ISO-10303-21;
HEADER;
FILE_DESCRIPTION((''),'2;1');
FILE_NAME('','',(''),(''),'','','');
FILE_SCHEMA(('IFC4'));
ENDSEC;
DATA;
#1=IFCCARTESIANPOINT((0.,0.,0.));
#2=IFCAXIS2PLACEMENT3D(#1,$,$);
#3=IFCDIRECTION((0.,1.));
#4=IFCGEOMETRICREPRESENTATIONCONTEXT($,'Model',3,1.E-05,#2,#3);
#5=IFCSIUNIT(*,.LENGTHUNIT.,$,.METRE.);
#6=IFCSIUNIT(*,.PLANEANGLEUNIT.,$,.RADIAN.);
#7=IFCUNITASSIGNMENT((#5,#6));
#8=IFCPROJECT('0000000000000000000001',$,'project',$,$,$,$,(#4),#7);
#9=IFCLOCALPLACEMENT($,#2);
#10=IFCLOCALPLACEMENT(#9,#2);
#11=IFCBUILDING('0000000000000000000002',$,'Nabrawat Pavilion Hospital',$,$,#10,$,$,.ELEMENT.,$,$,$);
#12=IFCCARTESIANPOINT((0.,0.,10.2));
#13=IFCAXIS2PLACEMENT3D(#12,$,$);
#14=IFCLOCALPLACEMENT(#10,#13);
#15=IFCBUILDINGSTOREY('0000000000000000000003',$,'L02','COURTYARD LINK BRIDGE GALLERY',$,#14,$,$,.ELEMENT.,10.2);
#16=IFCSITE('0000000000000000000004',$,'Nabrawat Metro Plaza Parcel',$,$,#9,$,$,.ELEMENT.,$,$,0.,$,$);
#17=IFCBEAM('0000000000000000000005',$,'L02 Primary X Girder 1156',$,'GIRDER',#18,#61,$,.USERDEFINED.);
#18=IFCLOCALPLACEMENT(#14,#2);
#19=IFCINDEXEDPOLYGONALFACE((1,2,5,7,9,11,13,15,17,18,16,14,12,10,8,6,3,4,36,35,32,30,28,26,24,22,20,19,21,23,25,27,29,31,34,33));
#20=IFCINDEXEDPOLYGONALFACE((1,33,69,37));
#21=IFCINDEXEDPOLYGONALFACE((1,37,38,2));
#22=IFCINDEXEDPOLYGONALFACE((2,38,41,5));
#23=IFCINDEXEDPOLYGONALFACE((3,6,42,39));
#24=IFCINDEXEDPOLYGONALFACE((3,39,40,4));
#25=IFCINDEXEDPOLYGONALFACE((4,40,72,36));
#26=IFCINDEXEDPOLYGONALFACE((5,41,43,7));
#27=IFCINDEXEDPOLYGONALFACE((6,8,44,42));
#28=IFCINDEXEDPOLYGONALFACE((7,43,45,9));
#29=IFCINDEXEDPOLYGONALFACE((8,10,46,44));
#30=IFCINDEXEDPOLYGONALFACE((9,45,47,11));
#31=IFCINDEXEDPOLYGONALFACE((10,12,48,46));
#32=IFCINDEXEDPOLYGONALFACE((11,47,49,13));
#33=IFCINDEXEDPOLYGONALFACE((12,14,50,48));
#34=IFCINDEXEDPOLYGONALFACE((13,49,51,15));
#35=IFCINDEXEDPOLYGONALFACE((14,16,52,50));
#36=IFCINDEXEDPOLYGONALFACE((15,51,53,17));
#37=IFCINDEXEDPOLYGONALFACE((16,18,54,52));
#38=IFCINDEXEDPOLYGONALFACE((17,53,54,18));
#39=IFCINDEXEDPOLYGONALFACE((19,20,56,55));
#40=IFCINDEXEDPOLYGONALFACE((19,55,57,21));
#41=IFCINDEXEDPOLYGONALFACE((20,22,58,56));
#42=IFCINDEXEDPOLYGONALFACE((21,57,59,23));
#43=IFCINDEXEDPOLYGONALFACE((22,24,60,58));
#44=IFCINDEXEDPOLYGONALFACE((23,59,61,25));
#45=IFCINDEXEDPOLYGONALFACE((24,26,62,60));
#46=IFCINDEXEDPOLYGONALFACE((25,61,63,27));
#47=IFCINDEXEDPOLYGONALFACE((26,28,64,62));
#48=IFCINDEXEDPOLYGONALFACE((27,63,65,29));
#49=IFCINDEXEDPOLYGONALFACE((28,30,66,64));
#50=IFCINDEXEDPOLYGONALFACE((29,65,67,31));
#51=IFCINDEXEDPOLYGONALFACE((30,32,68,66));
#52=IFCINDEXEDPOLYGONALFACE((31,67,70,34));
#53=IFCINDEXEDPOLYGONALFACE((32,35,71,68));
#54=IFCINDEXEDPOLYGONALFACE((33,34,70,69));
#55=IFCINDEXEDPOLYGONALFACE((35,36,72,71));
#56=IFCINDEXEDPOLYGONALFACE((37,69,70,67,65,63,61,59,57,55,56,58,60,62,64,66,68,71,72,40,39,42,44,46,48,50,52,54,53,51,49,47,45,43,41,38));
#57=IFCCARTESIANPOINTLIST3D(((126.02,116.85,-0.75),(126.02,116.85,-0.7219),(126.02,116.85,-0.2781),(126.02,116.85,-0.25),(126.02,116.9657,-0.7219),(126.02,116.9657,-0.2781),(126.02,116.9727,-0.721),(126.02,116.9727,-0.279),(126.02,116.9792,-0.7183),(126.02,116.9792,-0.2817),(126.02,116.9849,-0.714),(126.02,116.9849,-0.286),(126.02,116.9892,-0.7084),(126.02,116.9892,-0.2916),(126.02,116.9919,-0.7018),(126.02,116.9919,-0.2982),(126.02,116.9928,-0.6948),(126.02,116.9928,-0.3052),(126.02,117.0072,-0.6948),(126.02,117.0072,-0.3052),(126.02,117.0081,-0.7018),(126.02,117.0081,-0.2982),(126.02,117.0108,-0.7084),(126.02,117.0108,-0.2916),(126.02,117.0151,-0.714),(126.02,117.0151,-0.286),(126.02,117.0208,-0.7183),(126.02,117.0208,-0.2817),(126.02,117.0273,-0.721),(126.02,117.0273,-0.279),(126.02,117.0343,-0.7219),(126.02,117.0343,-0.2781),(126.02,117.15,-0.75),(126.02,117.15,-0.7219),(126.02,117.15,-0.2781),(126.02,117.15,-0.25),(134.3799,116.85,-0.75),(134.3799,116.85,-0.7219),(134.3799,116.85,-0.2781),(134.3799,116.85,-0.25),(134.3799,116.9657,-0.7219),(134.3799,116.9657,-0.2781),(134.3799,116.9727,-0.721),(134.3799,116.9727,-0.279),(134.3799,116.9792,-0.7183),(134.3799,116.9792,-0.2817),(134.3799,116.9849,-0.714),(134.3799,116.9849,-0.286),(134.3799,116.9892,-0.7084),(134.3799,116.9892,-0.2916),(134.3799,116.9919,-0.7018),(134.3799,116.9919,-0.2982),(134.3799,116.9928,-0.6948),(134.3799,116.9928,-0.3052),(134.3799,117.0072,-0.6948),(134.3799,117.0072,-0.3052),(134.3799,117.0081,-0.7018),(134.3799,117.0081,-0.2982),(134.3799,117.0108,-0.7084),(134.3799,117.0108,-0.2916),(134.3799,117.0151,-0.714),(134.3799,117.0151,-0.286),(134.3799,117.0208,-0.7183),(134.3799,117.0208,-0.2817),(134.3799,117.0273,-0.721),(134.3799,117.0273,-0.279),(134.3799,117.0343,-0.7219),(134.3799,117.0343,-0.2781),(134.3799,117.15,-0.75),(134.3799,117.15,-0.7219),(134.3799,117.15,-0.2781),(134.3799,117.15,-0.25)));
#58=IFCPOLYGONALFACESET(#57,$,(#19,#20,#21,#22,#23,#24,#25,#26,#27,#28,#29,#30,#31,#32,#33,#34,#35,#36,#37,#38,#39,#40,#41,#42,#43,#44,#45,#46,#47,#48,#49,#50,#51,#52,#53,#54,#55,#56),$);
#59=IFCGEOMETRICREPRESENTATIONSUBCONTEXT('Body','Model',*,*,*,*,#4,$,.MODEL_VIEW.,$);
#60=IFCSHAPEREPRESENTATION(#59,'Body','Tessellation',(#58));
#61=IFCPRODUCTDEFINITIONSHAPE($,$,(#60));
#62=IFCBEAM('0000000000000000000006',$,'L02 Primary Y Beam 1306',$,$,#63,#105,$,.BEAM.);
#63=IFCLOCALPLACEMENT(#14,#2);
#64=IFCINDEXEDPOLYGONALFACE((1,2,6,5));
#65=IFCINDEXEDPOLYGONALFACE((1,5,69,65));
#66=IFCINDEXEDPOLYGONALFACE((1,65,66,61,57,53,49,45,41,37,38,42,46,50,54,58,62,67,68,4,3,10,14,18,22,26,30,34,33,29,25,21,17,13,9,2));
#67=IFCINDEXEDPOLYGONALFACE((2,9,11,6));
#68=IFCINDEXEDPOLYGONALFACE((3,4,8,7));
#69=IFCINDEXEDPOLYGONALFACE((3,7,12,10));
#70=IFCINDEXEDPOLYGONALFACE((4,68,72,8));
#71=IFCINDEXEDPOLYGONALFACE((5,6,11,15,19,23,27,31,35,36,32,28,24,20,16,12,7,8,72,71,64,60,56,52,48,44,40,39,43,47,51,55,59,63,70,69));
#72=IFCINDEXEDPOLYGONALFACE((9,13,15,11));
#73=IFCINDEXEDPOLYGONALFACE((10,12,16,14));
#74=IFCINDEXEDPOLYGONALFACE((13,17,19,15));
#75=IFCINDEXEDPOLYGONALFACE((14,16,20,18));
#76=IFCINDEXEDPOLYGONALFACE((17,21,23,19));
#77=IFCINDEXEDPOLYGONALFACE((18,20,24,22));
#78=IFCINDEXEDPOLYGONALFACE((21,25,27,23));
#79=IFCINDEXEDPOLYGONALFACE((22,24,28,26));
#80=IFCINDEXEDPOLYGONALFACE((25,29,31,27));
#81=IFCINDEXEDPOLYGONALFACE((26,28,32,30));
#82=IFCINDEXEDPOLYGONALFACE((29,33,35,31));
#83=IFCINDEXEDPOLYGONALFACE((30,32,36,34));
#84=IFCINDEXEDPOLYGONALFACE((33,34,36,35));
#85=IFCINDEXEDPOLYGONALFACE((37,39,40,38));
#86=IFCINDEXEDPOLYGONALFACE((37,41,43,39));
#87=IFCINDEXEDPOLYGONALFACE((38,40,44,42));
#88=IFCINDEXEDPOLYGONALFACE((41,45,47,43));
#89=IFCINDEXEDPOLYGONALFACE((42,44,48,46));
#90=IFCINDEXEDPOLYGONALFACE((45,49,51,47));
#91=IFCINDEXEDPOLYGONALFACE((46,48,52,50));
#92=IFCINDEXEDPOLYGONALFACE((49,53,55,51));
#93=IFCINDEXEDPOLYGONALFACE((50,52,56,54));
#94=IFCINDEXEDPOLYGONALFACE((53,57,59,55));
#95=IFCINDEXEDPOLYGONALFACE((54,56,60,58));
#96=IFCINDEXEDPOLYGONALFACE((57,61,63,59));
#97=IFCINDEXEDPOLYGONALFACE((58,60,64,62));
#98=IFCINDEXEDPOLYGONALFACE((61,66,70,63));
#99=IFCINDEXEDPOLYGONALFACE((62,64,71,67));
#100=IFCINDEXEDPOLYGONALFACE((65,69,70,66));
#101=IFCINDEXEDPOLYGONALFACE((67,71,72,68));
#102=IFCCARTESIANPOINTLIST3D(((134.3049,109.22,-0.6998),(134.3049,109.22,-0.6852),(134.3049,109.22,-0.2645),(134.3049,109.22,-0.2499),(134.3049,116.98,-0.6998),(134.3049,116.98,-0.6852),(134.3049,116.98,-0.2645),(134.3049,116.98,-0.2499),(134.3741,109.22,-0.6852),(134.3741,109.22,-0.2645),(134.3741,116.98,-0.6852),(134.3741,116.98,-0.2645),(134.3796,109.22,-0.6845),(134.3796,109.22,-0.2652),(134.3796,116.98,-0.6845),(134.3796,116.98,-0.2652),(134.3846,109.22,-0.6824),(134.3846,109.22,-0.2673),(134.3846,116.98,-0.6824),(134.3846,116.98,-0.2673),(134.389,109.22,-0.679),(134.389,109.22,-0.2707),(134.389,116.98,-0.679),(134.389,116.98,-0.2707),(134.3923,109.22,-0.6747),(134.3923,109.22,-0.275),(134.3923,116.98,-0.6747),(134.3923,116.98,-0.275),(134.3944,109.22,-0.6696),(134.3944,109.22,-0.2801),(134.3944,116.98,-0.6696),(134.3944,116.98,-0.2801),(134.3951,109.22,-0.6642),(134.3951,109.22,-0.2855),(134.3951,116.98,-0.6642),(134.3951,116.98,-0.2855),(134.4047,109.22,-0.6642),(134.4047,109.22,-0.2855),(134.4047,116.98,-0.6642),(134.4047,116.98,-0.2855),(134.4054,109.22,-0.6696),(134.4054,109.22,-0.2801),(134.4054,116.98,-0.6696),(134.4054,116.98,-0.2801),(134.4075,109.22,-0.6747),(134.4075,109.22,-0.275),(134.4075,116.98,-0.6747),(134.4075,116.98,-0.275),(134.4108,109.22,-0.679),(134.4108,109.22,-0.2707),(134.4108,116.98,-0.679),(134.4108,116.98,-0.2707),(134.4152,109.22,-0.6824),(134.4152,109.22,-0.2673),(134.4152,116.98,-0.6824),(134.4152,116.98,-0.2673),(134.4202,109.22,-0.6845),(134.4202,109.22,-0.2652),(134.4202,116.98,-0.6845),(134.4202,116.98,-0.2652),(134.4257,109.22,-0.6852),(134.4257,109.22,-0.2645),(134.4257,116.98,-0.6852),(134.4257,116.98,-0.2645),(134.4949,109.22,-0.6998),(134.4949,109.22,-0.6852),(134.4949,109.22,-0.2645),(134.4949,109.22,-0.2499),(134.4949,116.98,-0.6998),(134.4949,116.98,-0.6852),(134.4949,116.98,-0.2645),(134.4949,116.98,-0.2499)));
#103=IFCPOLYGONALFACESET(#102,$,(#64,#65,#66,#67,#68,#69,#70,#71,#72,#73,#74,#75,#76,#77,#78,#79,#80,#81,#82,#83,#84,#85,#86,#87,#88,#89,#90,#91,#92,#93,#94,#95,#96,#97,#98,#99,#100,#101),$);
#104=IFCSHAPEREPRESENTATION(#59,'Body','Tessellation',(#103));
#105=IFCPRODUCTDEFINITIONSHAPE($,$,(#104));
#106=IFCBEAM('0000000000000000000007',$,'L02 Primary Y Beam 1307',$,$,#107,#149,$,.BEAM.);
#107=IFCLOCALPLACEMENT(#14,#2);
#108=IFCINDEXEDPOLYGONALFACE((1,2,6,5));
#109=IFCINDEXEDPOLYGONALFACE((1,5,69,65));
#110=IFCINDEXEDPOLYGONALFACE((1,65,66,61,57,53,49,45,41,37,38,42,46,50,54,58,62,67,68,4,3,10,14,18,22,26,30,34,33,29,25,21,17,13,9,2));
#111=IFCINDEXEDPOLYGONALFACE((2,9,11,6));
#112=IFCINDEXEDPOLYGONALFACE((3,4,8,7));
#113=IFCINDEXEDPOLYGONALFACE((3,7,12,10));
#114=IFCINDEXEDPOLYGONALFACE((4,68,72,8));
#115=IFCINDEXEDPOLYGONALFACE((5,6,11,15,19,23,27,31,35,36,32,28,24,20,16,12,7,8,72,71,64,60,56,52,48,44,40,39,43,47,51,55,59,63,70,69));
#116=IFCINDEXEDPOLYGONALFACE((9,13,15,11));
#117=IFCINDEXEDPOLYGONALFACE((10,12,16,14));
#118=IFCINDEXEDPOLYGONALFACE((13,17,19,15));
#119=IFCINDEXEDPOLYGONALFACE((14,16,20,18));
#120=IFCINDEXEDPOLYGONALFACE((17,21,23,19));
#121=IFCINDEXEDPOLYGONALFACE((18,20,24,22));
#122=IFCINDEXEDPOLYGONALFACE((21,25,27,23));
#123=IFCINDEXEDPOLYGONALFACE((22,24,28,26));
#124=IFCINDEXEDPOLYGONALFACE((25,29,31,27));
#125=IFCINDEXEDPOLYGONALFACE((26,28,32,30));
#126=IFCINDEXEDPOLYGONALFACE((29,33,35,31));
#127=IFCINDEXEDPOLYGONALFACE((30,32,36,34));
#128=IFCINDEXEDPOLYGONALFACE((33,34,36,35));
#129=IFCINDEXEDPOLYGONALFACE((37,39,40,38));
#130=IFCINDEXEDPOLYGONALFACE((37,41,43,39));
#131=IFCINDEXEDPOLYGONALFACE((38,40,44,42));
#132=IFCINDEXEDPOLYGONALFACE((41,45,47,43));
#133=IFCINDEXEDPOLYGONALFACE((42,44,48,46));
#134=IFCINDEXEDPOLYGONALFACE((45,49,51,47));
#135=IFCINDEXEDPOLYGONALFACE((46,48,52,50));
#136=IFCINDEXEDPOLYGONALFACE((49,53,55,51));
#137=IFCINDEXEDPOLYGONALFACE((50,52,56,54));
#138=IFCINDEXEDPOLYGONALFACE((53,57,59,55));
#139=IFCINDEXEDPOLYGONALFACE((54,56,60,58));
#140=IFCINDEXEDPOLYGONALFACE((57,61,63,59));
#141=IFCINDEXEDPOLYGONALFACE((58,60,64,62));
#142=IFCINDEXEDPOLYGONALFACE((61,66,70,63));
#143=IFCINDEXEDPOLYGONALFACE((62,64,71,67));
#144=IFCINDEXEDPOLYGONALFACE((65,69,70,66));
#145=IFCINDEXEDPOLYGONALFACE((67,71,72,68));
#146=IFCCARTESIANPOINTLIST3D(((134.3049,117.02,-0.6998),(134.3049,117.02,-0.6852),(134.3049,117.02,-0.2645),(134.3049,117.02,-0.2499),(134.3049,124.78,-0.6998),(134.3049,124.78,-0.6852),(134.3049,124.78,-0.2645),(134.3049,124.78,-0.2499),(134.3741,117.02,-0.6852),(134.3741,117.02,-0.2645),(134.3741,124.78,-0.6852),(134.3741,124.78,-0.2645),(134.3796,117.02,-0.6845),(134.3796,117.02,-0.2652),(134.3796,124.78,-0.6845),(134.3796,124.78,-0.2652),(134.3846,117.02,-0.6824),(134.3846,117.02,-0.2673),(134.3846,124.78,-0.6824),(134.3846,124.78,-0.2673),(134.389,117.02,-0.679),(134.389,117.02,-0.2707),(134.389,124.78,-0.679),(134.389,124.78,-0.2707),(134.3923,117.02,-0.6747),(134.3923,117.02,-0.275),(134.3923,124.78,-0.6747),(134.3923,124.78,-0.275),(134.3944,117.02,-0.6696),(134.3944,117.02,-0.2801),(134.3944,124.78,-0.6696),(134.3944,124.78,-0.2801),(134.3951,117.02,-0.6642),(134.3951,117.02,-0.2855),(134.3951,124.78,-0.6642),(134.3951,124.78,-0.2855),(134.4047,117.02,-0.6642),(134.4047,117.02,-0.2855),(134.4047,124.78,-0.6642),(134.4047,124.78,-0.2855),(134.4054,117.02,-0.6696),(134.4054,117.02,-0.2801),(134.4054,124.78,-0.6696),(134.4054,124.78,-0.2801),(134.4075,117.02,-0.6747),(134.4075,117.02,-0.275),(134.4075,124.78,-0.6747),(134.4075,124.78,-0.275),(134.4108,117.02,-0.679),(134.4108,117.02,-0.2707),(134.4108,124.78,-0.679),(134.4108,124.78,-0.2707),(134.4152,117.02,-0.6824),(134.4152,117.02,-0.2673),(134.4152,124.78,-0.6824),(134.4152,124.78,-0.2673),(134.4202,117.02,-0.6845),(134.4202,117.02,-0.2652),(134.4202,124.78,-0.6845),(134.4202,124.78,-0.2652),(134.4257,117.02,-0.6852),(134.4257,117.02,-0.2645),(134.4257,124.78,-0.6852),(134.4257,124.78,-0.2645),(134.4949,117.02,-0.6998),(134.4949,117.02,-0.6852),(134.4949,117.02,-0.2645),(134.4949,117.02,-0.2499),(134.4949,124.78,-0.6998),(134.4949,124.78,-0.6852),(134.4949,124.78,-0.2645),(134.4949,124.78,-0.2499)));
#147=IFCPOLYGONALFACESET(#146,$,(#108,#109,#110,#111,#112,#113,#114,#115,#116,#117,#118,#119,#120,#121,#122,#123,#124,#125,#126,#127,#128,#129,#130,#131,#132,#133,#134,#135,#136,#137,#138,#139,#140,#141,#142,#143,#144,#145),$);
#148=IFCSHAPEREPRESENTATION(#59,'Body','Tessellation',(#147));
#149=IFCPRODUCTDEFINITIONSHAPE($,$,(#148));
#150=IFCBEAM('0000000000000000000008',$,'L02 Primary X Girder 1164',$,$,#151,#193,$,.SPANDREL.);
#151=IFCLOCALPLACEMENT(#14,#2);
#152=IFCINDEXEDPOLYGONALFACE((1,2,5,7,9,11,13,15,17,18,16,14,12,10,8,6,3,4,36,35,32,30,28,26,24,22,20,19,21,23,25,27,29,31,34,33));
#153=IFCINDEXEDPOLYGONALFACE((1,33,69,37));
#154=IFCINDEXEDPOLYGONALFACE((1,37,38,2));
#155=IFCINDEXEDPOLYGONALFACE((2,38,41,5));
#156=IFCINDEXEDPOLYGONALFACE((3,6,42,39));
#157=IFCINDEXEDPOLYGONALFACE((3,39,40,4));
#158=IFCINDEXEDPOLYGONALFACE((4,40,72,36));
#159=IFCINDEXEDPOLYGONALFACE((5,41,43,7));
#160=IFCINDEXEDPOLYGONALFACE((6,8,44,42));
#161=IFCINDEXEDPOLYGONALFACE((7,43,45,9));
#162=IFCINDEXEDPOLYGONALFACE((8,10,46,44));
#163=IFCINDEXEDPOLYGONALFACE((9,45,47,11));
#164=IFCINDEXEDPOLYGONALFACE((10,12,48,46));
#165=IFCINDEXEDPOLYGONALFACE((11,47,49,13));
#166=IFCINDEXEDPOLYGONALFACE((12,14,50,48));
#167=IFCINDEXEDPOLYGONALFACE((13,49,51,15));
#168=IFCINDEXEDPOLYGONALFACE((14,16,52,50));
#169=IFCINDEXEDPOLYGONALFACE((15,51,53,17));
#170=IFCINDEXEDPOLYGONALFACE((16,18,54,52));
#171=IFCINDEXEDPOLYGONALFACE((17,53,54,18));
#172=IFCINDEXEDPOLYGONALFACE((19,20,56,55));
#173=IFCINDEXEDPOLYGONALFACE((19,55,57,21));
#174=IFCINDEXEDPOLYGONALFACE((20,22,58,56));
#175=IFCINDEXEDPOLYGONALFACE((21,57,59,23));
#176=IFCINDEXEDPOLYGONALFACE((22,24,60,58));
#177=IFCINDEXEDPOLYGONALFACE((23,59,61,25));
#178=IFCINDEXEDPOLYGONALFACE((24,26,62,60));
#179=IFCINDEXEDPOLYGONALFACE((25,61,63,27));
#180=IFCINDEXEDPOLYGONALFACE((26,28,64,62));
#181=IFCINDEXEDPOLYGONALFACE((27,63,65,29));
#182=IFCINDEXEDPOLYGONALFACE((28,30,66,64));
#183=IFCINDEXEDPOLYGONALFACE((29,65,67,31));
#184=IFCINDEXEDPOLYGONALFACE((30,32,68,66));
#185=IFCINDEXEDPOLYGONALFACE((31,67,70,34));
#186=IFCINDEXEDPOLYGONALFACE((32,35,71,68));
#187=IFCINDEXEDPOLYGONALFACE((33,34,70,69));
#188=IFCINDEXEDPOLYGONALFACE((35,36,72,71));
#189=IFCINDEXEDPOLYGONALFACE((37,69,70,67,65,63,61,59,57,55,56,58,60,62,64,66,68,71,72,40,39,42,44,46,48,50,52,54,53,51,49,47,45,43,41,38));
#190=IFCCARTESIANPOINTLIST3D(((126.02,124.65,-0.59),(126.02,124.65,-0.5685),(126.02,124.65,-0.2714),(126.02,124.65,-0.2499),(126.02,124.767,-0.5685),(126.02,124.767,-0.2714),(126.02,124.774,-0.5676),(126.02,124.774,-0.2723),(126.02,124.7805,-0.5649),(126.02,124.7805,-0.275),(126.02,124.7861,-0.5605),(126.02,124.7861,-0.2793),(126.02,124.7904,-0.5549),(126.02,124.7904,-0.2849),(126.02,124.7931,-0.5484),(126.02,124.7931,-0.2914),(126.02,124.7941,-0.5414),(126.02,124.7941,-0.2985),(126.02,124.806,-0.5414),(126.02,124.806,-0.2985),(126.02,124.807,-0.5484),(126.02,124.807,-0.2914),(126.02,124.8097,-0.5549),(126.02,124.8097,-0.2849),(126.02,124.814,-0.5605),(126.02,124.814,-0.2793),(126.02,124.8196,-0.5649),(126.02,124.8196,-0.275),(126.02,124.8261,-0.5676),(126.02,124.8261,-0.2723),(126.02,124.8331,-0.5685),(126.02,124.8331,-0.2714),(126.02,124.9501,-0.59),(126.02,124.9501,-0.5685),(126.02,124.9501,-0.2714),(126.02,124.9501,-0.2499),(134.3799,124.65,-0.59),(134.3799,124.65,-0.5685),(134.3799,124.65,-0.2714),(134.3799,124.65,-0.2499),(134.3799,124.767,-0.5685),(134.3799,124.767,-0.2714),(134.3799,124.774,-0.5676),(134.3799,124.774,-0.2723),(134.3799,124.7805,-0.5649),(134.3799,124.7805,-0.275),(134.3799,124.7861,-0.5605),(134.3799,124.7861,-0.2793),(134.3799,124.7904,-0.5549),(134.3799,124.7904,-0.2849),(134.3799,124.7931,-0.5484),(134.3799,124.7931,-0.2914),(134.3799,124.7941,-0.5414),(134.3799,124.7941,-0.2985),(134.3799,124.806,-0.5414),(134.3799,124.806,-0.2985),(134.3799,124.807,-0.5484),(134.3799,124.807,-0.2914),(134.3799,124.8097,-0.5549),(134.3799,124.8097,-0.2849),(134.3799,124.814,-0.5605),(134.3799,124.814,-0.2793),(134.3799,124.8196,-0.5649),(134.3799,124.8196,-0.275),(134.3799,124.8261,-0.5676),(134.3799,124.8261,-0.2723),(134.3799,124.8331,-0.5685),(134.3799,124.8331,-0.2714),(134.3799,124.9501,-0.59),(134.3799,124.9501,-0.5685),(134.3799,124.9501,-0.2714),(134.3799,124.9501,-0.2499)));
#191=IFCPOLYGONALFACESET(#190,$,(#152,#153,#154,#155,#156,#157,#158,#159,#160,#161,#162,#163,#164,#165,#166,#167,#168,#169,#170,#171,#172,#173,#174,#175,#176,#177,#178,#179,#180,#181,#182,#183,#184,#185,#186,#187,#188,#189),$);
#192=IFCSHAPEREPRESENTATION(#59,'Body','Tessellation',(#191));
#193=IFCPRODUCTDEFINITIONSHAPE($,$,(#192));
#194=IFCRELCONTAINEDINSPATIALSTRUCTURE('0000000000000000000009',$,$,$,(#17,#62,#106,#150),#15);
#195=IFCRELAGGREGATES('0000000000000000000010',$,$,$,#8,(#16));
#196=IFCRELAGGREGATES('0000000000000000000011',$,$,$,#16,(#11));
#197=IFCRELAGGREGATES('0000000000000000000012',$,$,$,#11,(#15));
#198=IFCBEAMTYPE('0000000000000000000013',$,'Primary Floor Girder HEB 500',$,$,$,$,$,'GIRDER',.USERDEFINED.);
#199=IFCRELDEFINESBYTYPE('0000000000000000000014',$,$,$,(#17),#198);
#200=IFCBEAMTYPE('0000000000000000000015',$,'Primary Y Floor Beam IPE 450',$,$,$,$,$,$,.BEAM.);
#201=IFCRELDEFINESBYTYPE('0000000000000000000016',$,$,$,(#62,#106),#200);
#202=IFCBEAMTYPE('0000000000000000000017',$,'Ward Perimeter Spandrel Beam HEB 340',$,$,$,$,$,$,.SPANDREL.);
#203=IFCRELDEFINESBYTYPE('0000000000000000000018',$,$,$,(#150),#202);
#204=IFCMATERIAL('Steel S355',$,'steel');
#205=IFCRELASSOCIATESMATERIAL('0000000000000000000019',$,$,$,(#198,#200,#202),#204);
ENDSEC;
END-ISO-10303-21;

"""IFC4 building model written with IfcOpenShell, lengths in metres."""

from ifc_helpers import new_model, si_unit, direction, frame, origin, origin_2d, place, context, subcontext, project, spatial, i_section, extrude, material, material_profile, profile_set, type_object, element, save


model = new_model("IFC4")

# Units and contexts
model_context = context("Model", 3, precision=1e-05, world=origin(), true_north=direction((0.0, 1.0)))
body_context = subcontext(model_context, "Body", "Model", "MODEL_VIEW")
ifc_project = project(units=[si_unit("LENGTHUNIT", "METRE"), si_unit("PLANEANGLEUNIT", "RADIAN")], contexts=[model_context])

# Site, building, storey
site_placement = place(None, origin())
site = spatial("IfcSite", under=ifc_project, at=site_placement, Name="Nabrawat Metro Plaza Parcel", CompositionType="ELEMENT", RefElevation=0.0)
building_placement = place(site_placement, origin())
building = spatial("IfcBuilding", under=site, at=building_placement, Name="Nabrawat Pavilion Hospital", CompositionType="ELEMENT")
storey_placement = place(building_placement, frame((0.0, 0.0, 10.2)))
storey = spatial("IfcBuildingStorey", under=building, at=storey_placement, Name="L02", Description="COURTYARD LINK BRIDGE GALLERY", CompositionType="ELEMENT", Elevation=10.2)

# Shared definitions
ifc_material_1 = material(Name="Steel S355", Category="steel")

# Beams
ifc_material_profile_1 = material_profile(ifc_material_1, i_section(OverallWidth=0.3, OverallDepth=0.5, WebThickness=0.0144, FlangeThickness=0.0281, FilletRadius=0.0271, at=origin_2d()), Name="HEB 500")
ifc_profile_set_1 = profile_set([ifc_material_profile_1], Name="Steel S355")
beam_type_1 = type_object("IfcBeamType", Name="Primary Floor Girder HEB 500", ElementType="GIRDER", PredefinedType="USERDEFINED", material=ifc_profile_set_1)
beam_1_placement = place(storey_placement, frame((126.02, 117.0, -0.5), z_axis=(1.0, 0.0, 0.0), x_axis=(0.0, 1.0, 0.0)))
element("IfcBeam", 1, at=beam_1_placement, inside=storey, type_object=beam_type_1, Name="L02 Primary X Girder 1156", ObjectType="GIRDER", PredefinedType="USERDEFINED", context=body_context, shape_type="SweptSolid", body=[
    extrude(i_section(OverallWidth=0.3, OverallDepth=0.5, WebThickness=0.0144, FlangeThickness=0.0281, FilletRadius=0.0271, at=origin_2d()), origin(), (0.0, 0.0, 1.0), 8.3599),
])
ifc_material_profile_2 = material_profile(ifc_material_1, i_section(OverallWidth=0.1899, OverallDepth=0.45, WebThickness=0.0095, FlangeThickness=0.0146, FilletRadius=0.021, at=origin_2d()), Name="IPE 450")
ifc_profile_set_2 = profile_set([ifc_material_profile_2], Name="Steel S355")
beam_type_2 = type_object("IfcBeamType", Name="Primary Y Floor Beam IPE 450", PredefinedType="BEAM", material=ifc_profile_set_2)
for number, where, z_axis, x_axis, name in (
    (2, (134.3999, 109.22, -0.4749), (0.0, 1.0, 0.0), (-1.0, 0.0, 0.0), "L02 Primary Y Beam 1306"),
    (3, (134.3999, 117.02, -0.4749), (0.0, 1.0, 0.0), (-1.0, 0.0, 0.0), "L02 Primary Y Beam 1307"),
):
    element("IfcBeam", number, at=place(storey_placement, frame(where, z_axis=z_axis, x_axis=x_axis)), inside=storey, type_object=beam_type_2, Name=name, PredefinedType="BEAM", context=body_context, shape_type="SweptSolid", body=[
        extrude(i_section(OverallWidth=0.1899, OverallDepth=0.45, WebThickness=0.0095, FlangeThickness=0.0146, FilletRadius=0.021, at=origin_2d()), origin(), (0.0, 0.0, 1.0), 7.76),
    ])
ifc_material_profile_3 = material_profile(ifc_material_1, i_section(OverallWidth=0.3, OverallDepth=0.3401, WebThickness=0.012, FlangeThickness=0.0215, FilletRadius=0.0271, at=origin_2d()), Name="HEB 340")
ifc_profile_set_3 = profile_set([ifc_material_profile_3], Name="Steel S355")
beam_type_3 = type_object("IfcBeamType", Name="Ward Perimeter Spandrel Beam HEB 340", PredefinedType="SPANDREL", material=ifc_profile_set_3)
beam_2_placement = place(storey_placement, frame((126.02, 124.8, -0.4199), z_axis=(1.0, 0.0, 0.0), x_axis=(0.0, 1.0, 0.0)))
element("IfcBeam", 4, at=beam_2_placement, inside=storey, type_object=beam_type_3, Name="L02 Primary X Girder 1164", PredefinedType="SPANDREL", context=body_context, shape_type="SweptSolid", body=[
    extrude(i_section(OverallWidth=0.3, OverallDepth=0.3401, WebThickness=0.012, FlangeThickness=0.0215, FilletRadius=0.0271, at=origin_2d()), origin(), (0.0, 0.0, 1.0), 8.3599),
])

save(model, "model.ifc")
